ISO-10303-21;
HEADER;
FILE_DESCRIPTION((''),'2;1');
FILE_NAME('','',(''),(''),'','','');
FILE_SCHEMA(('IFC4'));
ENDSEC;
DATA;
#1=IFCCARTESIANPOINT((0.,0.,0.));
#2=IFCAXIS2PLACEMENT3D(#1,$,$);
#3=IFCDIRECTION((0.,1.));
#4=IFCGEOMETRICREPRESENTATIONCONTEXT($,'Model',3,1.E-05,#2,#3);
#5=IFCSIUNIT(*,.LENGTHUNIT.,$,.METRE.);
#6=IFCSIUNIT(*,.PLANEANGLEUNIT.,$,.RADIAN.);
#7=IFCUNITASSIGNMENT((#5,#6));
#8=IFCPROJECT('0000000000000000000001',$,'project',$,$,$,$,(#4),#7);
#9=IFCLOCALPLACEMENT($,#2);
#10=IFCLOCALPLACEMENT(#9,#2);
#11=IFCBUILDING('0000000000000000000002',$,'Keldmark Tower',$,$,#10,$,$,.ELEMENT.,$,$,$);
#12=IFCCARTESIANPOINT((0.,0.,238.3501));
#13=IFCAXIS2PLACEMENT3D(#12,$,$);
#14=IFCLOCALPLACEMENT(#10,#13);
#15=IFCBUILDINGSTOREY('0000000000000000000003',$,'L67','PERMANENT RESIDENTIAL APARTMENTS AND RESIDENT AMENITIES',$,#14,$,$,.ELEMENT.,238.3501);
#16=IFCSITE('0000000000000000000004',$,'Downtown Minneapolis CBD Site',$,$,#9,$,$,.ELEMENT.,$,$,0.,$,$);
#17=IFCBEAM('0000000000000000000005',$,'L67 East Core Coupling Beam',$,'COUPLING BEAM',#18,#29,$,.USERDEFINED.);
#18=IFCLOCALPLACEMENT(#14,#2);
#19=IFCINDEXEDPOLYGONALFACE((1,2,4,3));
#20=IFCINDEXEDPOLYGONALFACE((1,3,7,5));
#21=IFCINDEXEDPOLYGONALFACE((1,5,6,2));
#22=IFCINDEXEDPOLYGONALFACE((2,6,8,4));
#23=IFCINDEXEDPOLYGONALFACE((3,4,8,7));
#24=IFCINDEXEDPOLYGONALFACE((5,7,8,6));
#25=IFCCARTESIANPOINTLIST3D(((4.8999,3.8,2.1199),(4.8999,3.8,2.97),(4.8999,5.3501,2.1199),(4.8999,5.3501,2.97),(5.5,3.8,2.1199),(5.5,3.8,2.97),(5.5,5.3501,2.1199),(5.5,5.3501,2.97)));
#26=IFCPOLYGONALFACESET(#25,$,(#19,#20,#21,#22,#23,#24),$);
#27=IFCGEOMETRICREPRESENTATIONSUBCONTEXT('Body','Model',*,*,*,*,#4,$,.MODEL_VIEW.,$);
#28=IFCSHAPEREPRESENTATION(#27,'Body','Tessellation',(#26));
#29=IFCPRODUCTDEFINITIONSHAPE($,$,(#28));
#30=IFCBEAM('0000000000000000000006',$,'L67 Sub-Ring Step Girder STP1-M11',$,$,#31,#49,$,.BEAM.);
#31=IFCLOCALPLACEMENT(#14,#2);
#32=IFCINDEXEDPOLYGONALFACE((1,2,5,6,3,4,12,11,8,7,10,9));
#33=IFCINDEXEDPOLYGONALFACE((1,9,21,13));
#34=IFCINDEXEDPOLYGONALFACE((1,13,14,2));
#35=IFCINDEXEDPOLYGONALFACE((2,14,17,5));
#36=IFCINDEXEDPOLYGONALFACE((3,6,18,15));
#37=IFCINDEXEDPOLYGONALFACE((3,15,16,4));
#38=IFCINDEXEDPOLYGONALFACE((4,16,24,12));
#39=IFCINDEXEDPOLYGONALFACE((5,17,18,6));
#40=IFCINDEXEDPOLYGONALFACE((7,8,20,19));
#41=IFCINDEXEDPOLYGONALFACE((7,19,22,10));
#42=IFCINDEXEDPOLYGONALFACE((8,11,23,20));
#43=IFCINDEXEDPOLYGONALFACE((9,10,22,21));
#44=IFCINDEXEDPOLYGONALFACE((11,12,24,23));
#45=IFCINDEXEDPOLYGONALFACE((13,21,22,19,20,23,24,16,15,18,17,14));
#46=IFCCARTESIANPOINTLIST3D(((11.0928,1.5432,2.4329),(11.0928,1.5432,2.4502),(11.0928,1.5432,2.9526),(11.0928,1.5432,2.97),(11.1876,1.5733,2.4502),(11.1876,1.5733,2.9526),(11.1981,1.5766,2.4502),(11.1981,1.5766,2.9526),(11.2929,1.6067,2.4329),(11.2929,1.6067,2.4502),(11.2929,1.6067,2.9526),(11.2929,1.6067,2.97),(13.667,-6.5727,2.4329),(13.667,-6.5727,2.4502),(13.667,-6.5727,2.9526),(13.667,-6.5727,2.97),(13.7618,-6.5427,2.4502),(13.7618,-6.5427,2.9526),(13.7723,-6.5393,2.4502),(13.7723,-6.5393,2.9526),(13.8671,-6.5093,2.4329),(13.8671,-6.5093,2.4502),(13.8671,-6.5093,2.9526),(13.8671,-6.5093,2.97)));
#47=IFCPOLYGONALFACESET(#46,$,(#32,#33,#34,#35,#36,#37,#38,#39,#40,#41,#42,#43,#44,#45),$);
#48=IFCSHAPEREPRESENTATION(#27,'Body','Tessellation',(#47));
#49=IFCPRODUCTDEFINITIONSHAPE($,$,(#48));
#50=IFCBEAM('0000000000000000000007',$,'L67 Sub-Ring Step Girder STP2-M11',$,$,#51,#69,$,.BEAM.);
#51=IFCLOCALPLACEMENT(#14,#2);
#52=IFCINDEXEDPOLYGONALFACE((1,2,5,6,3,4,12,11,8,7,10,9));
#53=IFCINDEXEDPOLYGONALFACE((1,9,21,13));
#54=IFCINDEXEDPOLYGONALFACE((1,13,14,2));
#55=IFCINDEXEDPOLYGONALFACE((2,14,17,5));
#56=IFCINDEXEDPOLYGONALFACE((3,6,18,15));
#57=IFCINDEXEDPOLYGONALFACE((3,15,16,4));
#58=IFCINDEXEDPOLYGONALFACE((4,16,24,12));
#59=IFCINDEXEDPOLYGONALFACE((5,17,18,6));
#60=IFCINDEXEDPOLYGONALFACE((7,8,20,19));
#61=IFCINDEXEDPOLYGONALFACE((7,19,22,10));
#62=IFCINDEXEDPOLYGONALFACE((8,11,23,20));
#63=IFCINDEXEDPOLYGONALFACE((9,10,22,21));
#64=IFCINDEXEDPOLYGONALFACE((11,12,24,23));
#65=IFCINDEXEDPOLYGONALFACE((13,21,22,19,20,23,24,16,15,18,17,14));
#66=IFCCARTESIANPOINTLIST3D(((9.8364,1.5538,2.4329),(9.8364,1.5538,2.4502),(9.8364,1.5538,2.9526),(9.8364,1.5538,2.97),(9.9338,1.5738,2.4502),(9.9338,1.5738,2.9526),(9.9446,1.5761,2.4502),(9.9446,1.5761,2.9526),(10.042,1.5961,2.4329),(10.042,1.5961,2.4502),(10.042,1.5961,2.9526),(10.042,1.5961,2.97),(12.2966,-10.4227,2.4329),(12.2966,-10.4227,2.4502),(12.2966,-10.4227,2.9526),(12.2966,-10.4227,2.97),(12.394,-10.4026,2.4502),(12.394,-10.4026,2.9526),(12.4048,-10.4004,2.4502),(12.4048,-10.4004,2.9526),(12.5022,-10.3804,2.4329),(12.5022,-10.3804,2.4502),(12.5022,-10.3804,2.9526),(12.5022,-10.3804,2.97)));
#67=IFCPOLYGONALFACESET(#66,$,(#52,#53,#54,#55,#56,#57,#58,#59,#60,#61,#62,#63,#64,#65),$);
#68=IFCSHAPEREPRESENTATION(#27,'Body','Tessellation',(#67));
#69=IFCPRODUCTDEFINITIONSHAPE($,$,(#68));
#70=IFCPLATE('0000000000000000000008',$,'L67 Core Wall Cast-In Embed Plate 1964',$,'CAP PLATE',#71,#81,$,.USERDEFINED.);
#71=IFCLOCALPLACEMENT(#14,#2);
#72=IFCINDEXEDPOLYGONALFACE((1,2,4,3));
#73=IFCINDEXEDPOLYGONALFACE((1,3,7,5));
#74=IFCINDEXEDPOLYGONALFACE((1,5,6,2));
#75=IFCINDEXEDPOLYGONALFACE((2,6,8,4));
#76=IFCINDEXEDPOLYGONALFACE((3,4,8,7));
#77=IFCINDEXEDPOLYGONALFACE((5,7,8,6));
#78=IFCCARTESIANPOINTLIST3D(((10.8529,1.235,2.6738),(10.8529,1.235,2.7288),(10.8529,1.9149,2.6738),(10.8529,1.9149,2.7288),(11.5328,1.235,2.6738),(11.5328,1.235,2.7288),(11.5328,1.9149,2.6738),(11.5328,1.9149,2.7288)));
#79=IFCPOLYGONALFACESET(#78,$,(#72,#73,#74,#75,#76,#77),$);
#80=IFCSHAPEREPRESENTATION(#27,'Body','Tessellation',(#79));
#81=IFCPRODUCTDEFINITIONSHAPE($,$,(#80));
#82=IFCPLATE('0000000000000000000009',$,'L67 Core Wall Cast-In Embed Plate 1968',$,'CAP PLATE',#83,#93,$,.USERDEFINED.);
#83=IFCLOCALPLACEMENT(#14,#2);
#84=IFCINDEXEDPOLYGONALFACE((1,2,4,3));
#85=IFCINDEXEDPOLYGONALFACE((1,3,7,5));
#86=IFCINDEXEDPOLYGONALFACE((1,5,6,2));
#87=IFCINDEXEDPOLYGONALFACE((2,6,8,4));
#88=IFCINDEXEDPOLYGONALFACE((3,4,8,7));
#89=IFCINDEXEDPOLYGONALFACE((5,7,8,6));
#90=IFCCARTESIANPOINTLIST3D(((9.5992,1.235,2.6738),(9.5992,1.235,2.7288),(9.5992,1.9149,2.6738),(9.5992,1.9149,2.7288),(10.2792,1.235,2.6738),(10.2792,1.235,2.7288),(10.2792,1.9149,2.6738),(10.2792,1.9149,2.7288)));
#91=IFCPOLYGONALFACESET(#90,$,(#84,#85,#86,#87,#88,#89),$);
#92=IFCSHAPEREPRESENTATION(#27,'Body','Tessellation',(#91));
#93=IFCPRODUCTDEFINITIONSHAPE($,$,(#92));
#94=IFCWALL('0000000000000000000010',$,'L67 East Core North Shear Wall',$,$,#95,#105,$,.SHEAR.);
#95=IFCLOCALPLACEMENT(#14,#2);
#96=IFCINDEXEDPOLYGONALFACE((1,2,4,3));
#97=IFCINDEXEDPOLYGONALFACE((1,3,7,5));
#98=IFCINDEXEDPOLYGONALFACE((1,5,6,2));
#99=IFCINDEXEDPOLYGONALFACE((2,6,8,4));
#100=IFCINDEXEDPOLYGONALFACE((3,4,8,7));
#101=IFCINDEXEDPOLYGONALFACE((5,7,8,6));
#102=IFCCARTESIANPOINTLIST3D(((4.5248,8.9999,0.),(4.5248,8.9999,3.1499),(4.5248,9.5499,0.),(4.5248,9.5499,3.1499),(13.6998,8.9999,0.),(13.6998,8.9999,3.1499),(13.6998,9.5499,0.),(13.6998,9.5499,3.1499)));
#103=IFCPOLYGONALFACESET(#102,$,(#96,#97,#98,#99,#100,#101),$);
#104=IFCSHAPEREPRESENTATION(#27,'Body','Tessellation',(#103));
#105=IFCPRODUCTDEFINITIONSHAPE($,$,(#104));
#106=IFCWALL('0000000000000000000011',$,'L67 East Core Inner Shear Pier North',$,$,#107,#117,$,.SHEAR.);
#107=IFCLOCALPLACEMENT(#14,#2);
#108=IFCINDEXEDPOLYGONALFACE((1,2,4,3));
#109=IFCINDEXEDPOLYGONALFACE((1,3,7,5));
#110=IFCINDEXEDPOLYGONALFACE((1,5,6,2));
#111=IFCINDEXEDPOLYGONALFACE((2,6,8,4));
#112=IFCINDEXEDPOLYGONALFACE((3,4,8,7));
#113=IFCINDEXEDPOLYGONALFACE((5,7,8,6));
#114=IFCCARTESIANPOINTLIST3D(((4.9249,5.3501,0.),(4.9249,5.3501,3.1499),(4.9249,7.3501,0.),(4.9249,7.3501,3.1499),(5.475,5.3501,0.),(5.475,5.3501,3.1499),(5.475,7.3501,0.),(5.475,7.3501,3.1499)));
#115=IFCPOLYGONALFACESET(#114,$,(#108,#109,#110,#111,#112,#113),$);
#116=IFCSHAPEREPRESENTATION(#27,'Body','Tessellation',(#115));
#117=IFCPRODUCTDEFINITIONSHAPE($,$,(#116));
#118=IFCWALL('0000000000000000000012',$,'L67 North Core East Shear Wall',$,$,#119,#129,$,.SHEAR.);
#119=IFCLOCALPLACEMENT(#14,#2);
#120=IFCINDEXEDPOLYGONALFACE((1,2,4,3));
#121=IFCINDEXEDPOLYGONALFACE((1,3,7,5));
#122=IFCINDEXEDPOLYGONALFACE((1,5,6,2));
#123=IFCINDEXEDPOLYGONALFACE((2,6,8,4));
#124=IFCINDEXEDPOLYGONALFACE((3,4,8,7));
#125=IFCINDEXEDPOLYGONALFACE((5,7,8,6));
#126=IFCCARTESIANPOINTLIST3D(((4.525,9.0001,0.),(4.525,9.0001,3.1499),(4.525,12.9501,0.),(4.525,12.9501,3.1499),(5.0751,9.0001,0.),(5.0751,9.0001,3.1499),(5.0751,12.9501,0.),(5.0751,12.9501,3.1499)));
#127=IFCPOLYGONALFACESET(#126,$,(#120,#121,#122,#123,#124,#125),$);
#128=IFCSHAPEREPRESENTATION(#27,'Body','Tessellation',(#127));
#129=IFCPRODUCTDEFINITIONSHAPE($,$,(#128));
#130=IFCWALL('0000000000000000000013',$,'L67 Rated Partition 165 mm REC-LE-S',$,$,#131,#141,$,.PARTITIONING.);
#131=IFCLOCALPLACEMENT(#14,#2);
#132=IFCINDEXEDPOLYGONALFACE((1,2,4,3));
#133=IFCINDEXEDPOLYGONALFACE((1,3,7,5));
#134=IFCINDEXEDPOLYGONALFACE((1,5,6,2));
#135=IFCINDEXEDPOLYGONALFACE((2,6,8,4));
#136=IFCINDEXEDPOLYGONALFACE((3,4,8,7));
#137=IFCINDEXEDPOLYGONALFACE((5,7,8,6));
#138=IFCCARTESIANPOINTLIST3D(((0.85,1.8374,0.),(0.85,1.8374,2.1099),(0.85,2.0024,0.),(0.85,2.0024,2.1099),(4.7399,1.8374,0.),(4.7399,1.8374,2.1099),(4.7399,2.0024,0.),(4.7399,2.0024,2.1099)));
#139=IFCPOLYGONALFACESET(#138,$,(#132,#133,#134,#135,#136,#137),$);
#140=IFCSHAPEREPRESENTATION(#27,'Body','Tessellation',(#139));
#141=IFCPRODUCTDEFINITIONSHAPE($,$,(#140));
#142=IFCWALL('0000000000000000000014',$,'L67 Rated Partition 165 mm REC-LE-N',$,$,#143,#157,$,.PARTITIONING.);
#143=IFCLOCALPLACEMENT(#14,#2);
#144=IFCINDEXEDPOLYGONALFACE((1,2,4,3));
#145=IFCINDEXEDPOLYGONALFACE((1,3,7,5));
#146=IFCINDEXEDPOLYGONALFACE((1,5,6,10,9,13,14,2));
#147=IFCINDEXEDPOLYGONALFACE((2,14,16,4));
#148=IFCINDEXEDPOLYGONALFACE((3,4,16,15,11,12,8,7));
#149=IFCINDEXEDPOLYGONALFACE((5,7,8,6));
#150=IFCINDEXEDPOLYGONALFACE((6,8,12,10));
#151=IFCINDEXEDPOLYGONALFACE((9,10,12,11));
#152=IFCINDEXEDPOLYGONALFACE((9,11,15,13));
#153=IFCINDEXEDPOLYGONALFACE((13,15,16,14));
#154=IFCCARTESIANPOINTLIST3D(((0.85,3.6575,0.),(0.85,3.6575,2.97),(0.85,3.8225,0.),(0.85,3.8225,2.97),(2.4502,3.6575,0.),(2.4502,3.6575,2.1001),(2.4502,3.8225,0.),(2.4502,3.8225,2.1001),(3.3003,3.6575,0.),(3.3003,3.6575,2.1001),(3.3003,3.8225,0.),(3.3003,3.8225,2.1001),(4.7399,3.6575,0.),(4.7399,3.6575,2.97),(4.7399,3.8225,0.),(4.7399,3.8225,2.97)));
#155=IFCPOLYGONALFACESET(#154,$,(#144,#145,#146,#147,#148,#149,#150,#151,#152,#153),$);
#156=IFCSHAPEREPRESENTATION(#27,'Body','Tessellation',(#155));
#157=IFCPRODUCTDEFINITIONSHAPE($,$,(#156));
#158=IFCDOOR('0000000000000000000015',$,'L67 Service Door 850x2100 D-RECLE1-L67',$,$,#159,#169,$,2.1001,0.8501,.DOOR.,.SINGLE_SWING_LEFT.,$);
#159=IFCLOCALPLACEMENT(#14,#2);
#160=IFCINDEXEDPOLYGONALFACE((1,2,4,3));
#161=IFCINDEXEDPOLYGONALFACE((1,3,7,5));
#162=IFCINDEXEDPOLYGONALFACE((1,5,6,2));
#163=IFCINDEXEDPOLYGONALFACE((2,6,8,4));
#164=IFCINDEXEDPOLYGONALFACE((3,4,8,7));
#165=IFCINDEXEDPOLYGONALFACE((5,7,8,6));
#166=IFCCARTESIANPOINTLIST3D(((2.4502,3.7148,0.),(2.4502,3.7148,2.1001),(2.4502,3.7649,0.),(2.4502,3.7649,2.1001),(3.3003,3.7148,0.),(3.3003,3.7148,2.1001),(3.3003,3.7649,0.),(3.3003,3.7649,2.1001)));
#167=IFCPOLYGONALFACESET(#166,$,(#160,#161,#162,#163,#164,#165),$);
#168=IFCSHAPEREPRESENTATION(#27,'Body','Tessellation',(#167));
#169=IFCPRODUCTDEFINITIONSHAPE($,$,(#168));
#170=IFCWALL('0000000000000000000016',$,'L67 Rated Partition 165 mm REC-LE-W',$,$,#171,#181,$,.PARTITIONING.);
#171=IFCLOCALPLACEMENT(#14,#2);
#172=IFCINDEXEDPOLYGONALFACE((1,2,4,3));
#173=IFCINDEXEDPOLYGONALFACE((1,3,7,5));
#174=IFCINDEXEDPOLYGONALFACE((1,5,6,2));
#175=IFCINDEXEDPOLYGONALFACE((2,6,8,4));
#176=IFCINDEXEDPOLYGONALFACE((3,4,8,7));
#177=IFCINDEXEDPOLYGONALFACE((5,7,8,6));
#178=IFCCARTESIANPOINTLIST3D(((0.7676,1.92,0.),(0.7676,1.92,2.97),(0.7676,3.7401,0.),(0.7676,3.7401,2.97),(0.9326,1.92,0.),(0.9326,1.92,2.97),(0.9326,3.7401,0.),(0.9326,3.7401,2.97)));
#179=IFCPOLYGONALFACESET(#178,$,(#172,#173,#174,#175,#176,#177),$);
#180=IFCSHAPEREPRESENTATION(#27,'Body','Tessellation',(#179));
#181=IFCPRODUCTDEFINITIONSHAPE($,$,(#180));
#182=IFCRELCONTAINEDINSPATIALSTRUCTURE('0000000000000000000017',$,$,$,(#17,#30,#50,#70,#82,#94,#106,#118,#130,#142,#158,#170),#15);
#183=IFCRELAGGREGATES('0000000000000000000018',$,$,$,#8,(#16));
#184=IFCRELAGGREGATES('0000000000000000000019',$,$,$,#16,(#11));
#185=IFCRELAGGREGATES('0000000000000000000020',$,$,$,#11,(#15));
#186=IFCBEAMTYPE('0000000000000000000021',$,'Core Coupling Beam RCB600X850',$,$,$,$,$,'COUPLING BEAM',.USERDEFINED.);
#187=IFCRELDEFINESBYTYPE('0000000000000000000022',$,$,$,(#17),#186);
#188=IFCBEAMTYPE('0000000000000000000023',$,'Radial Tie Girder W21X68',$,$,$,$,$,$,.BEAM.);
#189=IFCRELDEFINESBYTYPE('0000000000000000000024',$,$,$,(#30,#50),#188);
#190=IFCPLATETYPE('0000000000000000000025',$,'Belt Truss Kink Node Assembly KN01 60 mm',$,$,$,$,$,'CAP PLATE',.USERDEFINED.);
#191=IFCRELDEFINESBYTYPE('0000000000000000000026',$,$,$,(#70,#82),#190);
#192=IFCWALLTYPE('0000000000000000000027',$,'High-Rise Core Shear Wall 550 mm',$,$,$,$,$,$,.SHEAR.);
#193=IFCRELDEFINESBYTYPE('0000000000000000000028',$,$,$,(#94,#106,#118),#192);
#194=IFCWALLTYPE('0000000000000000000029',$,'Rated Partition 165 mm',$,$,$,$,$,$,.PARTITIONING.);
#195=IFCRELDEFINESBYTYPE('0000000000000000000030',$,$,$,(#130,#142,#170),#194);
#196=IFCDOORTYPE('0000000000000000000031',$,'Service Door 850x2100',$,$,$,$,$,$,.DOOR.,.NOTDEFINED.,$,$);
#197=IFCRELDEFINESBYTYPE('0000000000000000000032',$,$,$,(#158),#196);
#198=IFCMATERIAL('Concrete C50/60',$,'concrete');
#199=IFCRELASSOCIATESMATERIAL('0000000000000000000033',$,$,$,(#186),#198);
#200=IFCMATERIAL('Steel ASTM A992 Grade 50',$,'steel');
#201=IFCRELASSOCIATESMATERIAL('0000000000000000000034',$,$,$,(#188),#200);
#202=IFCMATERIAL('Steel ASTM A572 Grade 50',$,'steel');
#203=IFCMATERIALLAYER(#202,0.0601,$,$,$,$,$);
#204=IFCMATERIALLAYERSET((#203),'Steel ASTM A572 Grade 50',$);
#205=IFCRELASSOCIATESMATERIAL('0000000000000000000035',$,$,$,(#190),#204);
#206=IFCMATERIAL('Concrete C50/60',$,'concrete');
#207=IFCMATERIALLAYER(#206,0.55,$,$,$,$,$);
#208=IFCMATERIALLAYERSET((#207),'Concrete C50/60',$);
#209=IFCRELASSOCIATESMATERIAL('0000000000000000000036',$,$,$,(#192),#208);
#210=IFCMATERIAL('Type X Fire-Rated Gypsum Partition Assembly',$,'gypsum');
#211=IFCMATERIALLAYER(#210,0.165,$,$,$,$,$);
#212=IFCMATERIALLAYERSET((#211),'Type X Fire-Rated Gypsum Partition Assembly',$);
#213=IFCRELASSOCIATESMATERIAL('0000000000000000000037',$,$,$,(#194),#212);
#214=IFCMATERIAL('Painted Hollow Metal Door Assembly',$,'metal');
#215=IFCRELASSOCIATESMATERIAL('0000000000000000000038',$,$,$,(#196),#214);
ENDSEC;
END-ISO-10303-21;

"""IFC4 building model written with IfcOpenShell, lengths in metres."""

from ifc_helpers import new_model, si_unit, direction, frame, frame_2d, origin, origin_2d, place, context, subcontext, project, spatial, rectangle, i_section, extrude, material, layer, layer_set, material_profile, profile_set, type_object, element, fill, save


model = new_model("IFC4")

# Units and contexts
model_context = context("Model", 3, precision=1e-05, world=origin(), true_north=direction((0.0, 1.0)))
body_context = subcontext(model_context, "Body", "Model", "MODEL_VIEW")
ifc_project = project(units=[si_unit("LENGTHUNIT", "METRE"), si_unit("PLANEANGLEUNIT", "RADIAN")], contexts=[model_context])

# Site, building, storey
site_placement = place(None, origin())
site = spatial("IfcSite", under=ifc_project, at=site_placement, Name="Downtown Minneapolis CBD Site", CompositionType="ELEMENT", RefElevation=0.0)
building_placement = place(site_placement, origin())
building = spatial("IfcBuilding", under=site, at=building_placement, Name="Keldmark Tower", CompositionType="ELEMENT")
storey_placement = place(building_placement, frame((0.0, 0.0, 238.3501)))
storey = spatial("IfcBuildingStorey", under=building, at=storey_placement, Name="L67", Description="PERMANENT RESIDENTIAL APARTMENTS AND RESIDENT AMENITIES", CompositionType="ELEMENT", Elevation=238.3501)

# Beams
ifc_material_1 = material(Name="Concrete C50/60", Category="concrete")
ifc_material_profile_1 = material_profile(ifc_material_1, rectangle(XDim=0.6001, YDim=0.8501, at=origin_2d()), Name="RCB600X850")
ifc_profile_set_1 = profile_set([ifc_material_profile_1], Name="Concrete C50/60")
beam_type_1 = type_object("IfcBeamType", Name="Core Coupling Beam RCB600X850", ElementType="COUPLING BEAM", PredefinedType="USERDEFINED", material=ifc_profile_set_1)
beam_1_placement = place(storey_placement, frame((5.2, 3.8, 2.5449), z_axis=(0.0, 1.0, 0.0), x_axis=(-1.0, 0.0, 0.0)))
element("IfcBeam", 1, at=beam_1_placement, inside=storey, type_object=beam_type_1, Name="L67 East Core Coupling Beam", ObjectType="COUPLING BEAM", PredefinedType="USERDEFINED", context=body_context, shape_type="SweptSolid", body=[
    extrude(rectangle(XDim=0.6001, YDim=0.8501, at=origin_2d()), origin(), (0.0, 0.0, 1.0), 1.55),
])
ifc_material_2 = material(Name="Steel ASTM A992 Grade 50", Category="steel")
ifc_material_profile_2 = material_profile(ifc_material_2, i_section(OverallWidth=0.21, OverallDepth=0.5371, WebThickness=0.011, FlangeThickness=0.0173, at=origin_2d()), Name="W21X68")
ifc_profile_set_2 = profile_set([ifc_material_profile_2], Name="Steel ASTM A992 Grade 50")
beam_type_2 = type_object("IfcBeamType", Name="Radial Tie Girder W21X68", PredefinedType="BEAM", material=ifc_profile_set_2)
beam_2_placement = place(storey_placement, frame((11.1929, 1.575, 2.7014), z_axis=(0.302336, -0.953201, 0.0), x_axis=(0.953201, 0.302336, 0.0)))
element("IfcBeam", 2, at=beam_2_placement, inside=storey, type_object=beam_type_2, Name="L67 Sub-Ring Step Girder STP1-M11", PredefinedType="BEAM", context=body_context, shape_type="SweptSolid", body=[
    extrude(i_section(OverallWidth=0.21, OverallDepth=0.5371, WebThickness=0.011, FlangeThickness=0.0173, at=origin_2d()), origin(), (0.0, 0.0, 1.0), 8.5144),
])
beam_3_placement = place(storey_placement, frame((9.9392, 1.575, 2.7014), z_axis=(0.201217, -0.979547, 0.0), x_axis=(0.979547, 0.201217, 0.0)))
element("IfcBeam", 3, at=beam_3_placement, inside=storey, type_object=beam_type_2, Name="L67 Sub-Ring Step Girder STP2-M11", PredefinedType="BEAM", context=body_context, shape_type="SweptSolid", body=[
    extrude(i_section(OverallWidth=0.21, OverallDepth=0.5371, WebThickness=0.011, FlangeThickness=0.0173, at=origin_2d()), origin(), (0.0, 0.0, 1.0), 12.2266),
])

# Plates
ifc_material_3 = material(Name="Steel ASTM A572 Grade 50", Category="steel")
ifc_layer_1 = layer(ifc_material_3, 0.0601)
ifc_layer_set_1 = layer_set([ifc_layer_1], Name="Steel ASTM A572 Grade 50")
plate_type = type_object("IfcPlateType", Name="Belt Truss Kink Node Assembly KN01 60 mm", ElementType="CAP PLATE", PredefinedType="USERDEFINED", material=ifc_layer_set_1)
for number, where, z_axis, x_axis, name in (
    (4, (11.1929, 1.575, 2.6738), (0.0, 0.0, 1.0), (1.0, 0.0, 0.0), "L67 Core Wall Cast-In Embed Plate 1964"),
    (5, (9.9392, 1.575, 2.6738), (0.0, 0.0, 1.0), (1.0, 0.0, 0.0), "L67 Core Wall Cast-In Embed Plate 1968"),
):
    element("IfcPlate", number, at=place(storey_placement, frame(where, z_axis=z_axis, x_axis=x_axis)), inside=storey, type_object=plate_type, Name=name, ObjectType="CAP PLATE", PredefinedType="USERDEFINED", context=body_context, shape_type="SweptSolid", body=[
        extrude(rectangle(XDim=0.6799, YDim=0.6799, at=origin_2d()), origin(), (0.0, 0.0, 1.0), 0.0549),
    ])

# Walls
ifc_material_4 = material(Name="Concrete C50/60", Category="concrete")
ifc_layer_2 = layer(ifc_material_4, 0.55)
ifc_layer_set_2 = layer_set([ifc_layer_2], Name="Concrete C50/60")
wall_type_1 = type_object("IfcWallType", Name="High-Rise Core Shear Wall 550 mm", PredefinedType="SHEAR", material=ifc_layer_set_2)
wall_1_placement = place(storey_placement, frame((4.5249, 9.2749, 0.0), z_axis=(0.0, 0.0, 1.0), x_axis=(1.0, 0.0, 0.0)))
element("IfcWall", 6, at=wall_1_placement, inside=storey, type_object=wall_type_1, Name="L67 East Core North Shear Wall", PredefinedType="SHEAR", context=body_context, shape_type="SweptSolid", body=[
    extrude(rectangle(XDim=9.175, YDim=0.55, at=frame_2d((4.5874, 0.0))), origin(), (0.0, 0.0, 1.0), 3.1499),
])
wall_2_placement = place(storey_placement, frame((5.2, 5.3501, 0.0), z_axis=(0.0, 0.0, 1.0), x_axis=(0.0, 1.0, 0.0)))
element("IfcWall", 7, at=wall_2_placement, inside=storey, type_object=wall_type_1, Name="L67 East Core Inner Shear Pier North", PredefinedType="SHEAR", context=body_context, shape_type="SweptSolid", body=[
    extrude(rectangle(XDim=2.0, YDim=0.55, at=frame_2d((1.0, 0.0))), origin(), (0.0, 0.0, 1.0), 3.1499),
])
wall_3_placement = place(storey_placement, frame((4.8, 9.0, 0.0), z_axis=(0.0, 0.0, 1.0), x_axis=(0.0, 1.0, 0.0)))
element("IfcWall", 8, at=wall_3_placement, inside=storey, type_object=wall_type_1, Name="L67 North Core East Shear Wall", PredefinedType="SHEAR", context=body_context, shape_type="SweptSolid", body=[
    extrude(rectangle(XDim=3.95, YDim=0.55, at=frame_2d((1.9751, 0.0))), origin(), (0.0, 0.0, 1.0), 3.1499),
])
ifc_material_5 = material(Name="Type X Fire-Rated Gypsum Partition Assembly", Category="gypsum")
ifc_layer_3 = layer(ifc_material_5, 0.165)
ifc_layer_set_3 = layer_set([ifc_layer_3], Name="Type X Fire-Rated Gypsum Partition Assembly")
wall_type_2 = type_object("IfcWallType", Name="Rated Partition 165 mm", PredefinedType="PARTITIONING", material=ifc_layer_set_3)
wall_4_placement = place(storey_placement, frame((0.8501, 1.9199, 0.0), z_axis=(0.0, 0.0, 1.0), x_axis=(1.0, 0.0, 0.0)))
element("IfcWall", 9, at=wall_4_placement, inside=storey, type_object=wall_type_2, Name="L67 Rated Partition 165 mm REC-LE-S", PredefinedType="PARTITIONING", context=body_context, shape_type="SweptSolid", body=[
    extrude(rectangle(XDim=3.8899, YDim=0.165, at=frame_2d((1.9448, 0.0))), origin(), (0.0, 0.0, 1.0), 2.1099),
])

# Wall, opening, door
wall_5_placement = place(storey_placement, frame((0.8501, 3.74, 0.0), z_axis=(0.0, 0.0, 1.0), x_axis=(1.0, 0.0, 0.0)))
wall_5 = element("IfcWall", 10, at=wall_5_placement, inside=storey, type_object=wall_type_2, Name="L67 Rated Partition 165 mm REC-LE-N", PredefinedType="PARTITIONING", context=body_context, shape_type="SweptSolid", body=[
    extrude(rectangle(XDim=3.8899, YDim=0.165, at=frame_2d((1.9448, 0.0))), origin(), (0.0, 0.0, 1.0), 2.97),
])
opening_1_placement = place(wall_5_placement, frame((1.6001, 0.0, 0.0)))
opening_1 = element("IfcOpeningElement", 11, at=opening_1_placement, cuts=wall_5, PredefinedType="OPENING", context=body_context, shape_type="SweptSolid", body=[
    extrude(rectangle(XDim=0.8501, YDim=2.1001, at=frame_2d((0.425, 1.05))), frame((0.0, 0.0925, 0.0), z_axis=(0.0, -1.0, 0.0), x_axis=(1.0, 0.0, 0.0)), (0.0, 0.0, 1.0), 0.1851),
])
ifc_material_6 = material(Name="Painted Hollow Metal Door Assembly", Category="metal")
door_type_1 = type_object("IfcDoorType", Name="Service Door 850x2100", OperationType="NOTDEFINED", PredefinedType="DOOR", material=ifc_material_6)
door_1_placement = place(opening_1_placement, origin())
door_1 = element("IfcDoor", 12, at=door_1_placement, inside=storey, type_object=door_type_1, Name="L67 Service Door 850x2100 D-RECLE1-L67", OperationType="SINGLE_SWING_LEFT", OverallHeight=2.1001, OverallWidth=0.8501, PredefinedType="DOOR", context=body_context, shape_type="SweptSolid", body=[
    extrude(rectangle(XDim=0.8501, YDim=2.1001, at=frame_2d((0.425, 1.05))), frame((0.0, 0.0249, 0.0), z_axis=(0.0, -1.0, 0.0), x_axis=(1.0, 0.0, 0.0)), (0.0, 0.0, 1.0), 0.05),
])
fill(opening_1, door_1)

# Wall
wall_6_placement = place(storey_placement, frame((0.8501, 1.9199, 0.0), z_axis=(0.0, 0.0, 1.0), x_axis=(0.0, 1.0, 0.0)))
element("IfcWall", 13, at=wall_6_placement, inside=storey, type_object=wall_type_2, Name="L67 Rated Partition 165 mm REC-LE-W", PredefinedType="PARTITIONING", context=body_context, shape_type="SweptSolid", body=[
    extrude(rectangle(XDim=1.8201, YDim=0.165, at=frame_2d((0.9102, 0.0))), origin(), (0.0, 0.0, 1.0), 2.97),
])

save(model, "model.ifc")
